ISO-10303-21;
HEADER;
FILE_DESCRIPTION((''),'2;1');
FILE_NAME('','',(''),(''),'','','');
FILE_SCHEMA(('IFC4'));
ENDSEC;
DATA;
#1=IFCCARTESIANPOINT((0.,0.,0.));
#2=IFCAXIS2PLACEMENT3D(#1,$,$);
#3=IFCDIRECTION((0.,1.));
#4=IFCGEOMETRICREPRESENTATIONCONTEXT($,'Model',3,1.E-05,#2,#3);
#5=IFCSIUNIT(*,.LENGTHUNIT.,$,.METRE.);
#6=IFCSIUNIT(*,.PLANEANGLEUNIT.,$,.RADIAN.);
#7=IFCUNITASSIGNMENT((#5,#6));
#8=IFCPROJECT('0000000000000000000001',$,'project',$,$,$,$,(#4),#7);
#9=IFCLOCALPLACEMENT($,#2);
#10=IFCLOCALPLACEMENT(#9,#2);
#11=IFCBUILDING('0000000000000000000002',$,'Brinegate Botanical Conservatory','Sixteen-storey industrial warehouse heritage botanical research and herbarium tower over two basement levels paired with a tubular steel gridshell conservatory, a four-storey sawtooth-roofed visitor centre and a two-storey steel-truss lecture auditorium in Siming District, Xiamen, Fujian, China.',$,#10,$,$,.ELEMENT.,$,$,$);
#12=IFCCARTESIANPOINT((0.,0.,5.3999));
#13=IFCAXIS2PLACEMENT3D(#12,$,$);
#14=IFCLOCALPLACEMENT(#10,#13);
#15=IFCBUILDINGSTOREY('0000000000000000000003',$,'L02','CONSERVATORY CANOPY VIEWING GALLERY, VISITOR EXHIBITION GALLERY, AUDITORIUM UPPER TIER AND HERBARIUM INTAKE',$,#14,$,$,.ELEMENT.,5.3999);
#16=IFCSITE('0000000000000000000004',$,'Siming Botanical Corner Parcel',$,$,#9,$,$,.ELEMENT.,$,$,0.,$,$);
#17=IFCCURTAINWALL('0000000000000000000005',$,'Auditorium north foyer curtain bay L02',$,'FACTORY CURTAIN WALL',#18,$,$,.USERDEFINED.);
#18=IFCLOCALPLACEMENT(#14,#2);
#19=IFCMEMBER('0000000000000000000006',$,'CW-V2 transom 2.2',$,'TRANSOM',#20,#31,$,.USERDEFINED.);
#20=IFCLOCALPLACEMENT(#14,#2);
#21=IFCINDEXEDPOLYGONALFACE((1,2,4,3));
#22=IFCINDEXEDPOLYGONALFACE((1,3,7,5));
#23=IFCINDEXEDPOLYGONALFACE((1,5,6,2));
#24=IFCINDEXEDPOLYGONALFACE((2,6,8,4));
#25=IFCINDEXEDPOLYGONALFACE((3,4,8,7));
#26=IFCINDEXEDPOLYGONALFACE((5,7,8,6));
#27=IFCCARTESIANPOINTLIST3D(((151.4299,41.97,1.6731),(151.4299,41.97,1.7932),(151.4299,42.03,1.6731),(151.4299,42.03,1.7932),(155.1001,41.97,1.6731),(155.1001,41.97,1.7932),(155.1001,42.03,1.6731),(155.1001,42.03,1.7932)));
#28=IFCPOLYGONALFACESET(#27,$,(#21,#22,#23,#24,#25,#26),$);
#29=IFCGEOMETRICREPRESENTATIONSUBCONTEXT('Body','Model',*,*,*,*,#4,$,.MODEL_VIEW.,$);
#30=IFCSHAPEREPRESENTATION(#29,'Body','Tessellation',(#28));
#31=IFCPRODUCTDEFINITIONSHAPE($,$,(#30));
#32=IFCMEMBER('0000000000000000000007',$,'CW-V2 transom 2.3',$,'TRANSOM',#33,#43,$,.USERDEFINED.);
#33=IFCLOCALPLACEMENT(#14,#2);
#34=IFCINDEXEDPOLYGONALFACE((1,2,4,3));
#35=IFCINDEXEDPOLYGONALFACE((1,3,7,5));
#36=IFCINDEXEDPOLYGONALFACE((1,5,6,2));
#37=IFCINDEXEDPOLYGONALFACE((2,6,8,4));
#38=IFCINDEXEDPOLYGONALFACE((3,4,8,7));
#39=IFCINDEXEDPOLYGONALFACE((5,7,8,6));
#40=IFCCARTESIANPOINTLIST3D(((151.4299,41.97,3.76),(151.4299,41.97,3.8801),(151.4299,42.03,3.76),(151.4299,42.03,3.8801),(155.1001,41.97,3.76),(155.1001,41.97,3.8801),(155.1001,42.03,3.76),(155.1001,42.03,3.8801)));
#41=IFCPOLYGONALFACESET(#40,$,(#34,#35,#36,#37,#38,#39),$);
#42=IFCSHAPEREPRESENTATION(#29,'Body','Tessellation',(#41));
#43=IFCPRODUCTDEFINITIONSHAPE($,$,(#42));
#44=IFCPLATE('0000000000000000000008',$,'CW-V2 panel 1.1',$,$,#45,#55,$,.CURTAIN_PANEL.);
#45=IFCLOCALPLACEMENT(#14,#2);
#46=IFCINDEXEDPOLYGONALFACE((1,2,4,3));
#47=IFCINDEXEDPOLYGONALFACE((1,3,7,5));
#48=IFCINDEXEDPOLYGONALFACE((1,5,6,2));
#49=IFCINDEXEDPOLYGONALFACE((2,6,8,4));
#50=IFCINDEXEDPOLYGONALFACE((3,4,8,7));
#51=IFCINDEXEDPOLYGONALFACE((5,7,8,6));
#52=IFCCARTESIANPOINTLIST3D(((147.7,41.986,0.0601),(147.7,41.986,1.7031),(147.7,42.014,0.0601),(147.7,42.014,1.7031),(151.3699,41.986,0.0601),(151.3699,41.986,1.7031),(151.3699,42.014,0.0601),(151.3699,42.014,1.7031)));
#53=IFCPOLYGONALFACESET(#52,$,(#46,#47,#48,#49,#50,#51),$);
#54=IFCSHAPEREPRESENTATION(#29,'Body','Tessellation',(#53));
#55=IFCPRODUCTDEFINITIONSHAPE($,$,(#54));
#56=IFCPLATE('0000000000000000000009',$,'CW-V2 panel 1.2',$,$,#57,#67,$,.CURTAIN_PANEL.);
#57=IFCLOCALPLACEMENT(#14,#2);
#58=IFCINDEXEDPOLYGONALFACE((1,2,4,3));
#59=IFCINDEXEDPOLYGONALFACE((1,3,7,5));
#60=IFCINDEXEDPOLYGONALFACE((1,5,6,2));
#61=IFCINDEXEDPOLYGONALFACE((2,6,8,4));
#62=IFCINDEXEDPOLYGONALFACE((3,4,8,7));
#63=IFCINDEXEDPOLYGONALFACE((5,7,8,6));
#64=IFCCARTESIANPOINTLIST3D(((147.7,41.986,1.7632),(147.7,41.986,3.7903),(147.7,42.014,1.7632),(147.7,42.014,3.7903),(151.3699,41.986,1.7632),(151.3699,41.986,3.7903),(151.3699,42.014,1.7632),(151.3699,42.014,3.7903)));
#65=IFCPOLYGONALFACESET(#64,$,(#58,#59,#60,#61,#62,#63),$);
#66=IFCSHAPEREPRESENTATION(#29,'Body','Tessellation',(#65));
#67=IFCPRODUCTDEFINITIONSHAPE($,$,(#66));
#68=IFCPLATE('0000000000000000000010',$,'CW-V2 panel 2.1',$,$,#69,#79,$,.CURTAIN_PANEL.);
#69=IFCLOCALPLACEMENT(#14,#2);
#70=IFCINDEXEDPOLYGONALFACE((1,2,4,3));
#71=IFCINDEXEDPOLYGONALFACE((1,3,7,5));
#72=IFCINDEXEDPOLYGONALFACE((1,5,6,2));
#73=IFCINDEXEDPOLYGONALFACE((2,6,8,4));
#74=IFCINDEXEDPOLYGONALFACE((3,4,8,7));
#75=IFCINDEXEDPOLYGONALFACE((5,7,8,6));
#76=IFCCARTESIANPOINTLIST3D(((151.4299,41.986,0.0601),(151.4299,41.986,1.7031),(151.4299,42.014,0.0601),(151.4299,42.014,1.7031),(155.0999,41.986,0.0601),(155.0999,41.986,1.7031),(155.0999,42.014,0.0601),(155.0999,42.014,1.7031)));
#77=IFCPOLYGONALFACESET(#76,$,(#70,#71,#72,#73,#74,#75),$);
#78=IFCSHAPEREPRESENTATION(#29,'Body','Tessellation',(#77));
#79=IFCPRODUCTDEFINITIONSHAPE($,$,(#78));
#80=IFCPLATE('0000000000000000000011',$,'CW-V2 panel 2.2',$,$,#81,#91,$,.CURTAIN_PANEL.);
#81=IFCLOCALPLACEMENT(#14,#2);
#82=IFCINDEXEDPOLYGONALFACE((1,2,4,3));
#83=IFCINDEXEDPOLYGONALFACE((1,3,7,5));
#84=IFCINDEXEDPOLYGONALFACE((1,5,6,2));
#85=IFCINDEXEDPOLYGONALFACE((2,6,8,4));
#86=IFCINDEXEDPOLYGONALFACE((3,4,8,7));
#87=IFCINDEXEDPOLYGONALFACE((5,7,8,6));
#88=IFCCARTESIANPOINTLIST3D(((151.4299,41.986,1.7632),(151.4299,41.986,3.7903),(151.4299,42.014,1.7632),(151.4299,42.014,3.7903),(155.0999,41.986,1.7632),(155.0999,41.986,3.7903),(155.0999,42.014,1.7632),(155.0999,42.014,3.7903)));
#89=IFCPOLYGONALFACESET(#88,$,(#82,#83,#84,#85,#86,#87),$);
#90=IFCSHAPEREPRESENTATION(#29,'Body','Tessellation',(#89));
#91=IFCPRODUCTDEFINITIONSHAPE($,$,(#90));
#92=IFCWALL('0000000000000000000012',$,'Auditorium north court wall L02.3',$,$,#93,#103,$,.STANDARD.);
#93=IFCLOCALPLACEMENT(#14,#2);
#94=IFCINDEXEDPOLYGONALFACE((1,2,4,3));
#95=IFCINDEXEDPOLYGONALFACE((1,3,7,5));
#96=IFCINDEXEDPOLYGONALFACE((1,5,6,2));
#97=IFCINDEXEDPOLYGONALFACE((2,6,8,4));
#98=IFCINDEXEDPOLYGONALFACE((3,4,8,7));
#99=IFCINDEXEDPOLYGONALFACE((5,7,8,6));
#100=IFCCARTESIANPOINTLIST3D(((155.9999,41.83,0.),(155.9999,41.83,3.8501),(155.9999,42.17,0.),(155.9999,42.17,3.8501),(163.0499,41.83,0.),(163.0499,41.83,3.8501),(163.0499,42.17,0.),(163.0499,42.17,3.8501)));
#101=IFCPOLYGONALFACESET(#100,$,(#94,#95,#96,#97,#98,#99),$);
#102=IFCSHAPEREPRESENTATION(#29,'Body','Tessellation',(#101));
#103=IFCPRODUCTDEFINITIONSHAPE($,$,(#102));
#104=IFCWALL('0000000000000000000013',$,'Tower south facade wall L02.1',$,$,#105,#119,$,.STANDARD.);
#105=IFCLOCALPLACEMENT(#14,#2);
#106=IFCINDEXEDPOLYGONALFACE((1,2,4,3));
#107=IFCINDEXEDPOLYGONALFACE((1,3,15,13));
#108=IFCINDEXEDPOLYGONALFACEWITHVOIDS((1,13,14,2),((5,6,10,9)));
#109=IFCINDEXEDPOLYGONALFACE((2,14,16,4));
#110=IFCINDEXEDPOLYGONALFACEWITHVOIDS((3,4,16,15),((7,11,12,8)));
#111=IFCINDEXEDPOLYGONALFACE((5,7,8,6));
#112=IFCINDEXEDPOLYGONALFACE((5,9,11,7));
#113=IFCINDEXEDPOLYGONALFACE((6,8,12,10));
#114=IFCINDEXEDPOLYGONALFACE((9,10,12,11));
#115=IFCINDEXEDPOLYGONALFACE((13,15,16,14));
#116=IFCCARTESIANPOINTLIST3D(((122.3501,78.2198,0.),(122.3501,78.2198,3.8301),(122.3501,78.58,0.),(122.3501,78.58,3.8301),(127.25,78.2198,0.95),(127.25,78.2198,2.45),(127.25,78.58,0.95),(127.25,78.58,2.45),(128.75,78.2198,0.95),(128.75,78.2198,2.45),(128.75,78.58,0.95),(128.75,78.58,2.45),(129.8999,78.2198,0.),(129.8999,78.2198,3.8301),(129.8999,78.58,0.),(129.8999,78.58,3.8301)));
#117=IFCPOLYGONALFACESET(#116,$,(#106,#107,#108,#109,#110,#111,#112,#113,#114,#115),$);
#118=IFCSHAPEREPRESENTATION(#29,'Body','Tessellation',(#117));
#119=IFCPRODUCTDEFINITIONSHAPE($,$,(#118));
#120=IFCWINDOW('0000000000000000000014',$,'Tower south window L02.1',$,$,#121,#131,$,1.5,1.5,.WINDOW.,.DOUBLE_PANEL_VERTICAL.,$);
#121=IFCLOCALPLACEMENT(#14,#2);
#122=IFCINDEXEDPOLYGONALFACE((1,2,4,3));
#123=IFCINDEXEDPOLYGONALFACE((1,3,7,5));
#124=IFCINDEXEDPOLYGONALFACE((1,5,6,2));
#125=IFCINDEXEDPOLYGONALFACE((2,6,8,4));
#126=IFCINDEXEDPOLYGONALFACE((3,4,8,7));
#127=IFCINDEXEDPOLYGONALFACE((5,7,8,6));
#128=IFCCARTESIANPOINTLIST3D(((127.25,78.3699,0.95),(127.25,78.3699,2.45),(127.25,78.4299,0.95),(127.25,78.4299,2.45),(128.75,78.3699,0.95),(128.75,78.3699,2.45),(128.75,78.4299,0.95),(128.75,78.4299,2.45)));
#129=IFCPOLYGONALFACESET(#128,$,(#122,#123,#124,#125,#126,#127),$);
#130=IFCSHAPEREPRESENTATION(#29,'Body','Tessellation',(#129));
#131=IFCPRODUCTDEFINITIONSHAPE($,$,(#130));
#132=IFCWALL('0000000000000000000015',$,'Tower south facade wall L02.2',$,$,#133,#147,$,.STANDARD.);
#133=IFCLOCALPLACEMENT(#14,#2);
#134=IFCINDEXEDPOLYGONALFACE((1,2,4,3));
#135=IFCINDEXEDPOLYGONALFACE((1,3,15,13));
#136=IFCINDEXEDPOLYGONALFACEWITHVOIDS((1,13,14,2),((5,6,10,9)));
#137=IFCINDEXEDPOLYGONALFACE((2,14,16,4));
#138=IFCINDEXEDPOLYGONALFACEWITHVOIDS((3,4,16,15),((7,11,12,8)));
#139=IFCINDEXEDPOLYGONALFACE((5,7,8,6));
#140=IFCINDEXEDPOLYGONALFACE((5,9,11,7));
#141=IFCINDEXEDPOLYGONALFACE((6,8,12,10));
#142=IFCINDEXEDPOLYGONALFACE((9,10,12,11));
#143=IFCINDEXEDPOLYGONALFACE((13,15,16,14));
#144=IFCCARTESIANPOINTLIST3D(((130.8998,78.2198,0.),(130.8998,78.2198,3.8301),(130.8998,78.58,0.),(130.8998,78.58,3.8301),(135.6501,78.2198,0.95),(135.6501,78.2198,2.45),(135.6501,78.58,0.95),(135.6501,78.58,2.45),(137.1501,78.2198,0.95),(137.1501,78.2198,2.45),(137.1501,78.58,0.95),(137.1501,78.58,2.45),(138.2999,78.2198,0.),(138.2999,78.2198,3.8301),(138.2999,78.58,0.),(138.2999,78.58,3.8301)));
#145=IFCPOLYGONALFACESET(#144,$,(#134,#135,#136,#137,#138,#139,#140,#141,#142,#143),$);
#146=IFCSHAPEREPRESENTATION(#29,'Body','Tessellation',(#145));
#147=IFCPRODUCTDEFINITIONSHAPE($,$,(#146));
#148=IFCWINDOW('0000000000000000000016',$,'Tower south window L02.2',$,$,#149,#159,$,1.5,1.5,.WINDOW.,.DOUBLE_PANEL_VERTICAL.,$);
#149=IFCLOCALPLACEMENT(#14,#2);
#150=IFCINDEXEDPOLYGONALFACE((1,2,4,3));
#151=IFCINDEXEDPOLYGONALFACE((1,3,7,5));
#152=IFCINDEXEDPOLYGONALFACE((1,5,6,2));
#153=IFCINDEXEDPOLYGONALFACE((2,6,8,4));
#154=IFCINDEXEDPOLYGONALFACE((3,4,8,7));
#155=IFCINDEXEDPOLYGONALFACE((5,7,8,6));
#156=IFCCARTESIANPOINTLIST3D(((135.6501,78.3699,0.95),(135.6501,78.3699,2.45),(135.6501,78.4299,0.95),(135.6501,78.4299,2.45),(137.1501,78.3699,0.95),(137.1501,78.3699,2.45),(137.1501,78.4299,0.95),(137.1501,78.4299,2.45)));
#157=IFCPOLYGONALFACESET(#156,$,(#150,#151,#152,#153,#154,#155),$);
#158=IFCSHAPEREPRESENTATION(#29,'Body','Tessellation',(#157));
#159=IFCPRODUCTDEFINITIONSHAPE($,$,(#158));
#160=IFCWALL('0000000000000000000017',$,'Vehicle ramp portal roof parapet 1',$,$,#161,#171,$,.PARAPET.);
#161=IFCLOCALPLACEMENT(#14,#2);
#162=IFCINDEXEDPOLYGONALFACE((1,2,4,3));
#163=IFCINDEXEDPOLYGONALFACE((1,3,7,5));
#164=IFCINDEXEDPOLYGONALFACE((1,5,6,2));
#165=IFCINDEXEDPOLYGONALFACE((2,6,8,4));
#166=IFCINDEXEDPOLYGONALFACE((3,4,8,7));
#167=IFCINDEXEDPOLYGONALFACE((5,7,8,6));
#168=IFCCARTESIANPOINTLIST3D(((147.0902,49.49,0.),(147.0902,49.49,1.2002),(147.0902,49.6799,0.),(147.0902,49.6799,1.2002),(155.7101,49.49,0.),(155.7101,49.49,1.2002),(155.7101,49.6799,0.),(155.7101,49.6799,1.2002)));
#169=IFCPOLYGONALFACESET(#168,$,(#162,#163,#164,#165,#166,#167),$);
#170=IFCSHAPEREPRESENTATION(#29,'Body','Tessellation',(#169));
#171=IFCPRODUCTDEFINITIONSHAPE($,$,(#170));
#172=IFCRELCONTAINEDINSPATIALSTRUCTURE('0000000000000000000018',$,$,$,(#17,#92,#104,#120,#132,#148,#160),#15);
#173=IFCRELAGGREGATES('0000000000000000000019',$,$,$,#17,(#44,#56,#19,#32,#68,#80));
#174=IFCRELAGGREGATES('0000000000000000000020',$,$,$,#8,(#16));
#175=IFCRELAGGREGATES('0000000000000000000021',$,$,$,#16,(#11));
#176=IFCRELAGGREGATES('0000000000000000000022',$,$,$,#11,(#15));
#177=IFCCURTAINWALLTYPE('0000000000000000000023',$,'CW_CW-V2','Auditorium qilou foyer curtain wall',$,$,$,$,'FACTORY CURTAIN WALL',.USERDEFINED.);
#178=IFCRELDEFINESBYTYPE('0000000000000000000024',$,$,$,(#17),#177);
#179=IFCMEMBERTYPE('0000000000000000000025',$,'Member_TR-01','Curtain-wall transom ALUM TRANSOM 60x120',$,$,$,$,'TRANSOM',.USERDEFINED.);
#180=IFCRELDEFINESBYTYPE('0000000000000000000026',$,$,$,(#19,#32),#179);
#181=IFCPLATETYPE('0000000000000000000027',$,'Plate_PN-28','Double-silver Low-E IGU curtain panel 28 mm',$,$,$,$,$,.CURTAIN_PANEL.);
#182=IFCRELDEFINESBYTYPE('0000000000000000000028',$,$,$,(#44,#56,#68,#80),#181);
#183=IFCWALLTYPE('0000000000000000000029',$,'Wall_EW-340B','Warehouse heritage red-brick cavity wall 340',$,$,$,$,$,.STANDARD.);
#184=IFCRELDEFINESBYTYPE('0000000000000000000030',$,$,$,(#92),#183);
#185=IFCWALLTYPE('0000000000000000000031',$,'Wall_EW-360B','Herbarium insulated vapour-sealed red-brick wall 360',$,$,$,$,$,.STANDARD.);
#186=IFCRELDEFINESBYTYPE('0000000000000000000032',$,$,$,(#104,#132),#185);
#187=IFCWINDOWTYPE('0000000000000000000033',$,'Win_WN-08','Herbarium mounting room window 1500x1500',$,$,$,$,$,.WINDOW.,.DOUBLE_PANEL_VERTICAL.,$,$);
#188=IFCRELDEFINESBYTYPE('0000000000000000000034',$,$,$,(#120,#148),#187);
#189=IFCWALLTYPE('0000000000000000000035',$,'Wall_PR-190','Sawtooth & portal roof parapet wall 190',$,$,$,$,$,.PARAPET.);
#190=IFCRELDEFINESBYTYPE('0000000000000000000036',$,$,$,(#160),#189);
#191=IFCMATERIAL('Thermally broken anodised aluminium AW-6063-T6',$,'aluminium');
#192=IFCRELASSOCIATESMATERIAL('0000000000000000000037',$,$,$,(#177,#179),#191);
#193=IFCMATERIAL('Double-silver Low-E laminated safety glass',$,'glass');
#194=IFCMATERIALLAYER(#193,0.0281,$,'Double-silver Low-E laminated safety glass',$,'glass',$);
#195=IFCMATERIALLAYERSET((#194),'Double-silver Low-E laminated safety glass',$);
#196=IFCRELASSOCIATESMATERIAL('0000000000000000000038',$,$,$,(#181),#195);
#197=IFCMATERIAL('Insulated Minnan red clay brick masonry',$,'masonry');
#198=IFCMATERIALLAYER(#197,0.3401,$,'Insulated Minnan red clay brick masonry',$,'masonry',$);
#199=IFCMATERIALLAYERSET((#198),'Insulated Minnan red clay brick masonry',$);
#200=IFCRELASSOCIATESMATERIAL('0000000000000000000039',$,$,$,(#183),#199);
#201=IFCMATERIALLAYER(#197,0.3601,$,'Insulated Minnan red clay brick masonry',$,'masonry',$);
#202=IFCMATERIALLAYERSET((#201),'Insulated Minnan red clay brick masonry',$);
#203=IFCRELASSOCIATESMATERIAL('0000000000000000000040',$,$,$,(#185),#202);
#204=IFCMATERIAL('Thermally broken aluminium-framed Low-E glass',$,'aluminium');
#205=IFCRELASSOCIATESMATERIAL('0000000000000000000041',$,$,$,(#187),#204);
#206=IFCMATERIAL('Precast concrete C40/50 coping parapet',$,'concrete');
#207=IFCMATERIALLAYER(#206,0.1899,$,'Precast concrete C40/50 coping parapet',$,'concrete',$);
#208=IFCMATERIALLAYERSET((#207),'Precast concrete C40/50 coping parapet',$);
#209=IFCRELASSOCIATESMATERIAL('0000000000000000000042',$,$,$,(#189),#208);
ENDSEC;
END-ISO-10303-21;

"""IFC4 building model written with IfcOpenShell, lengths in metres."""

from ifc_helpers import new_model, si_unit, direction, frame, frame_2d, origin, origin_2d, place, context, subcontext, project, spatial, rectangle, extrude, material, layer, layer_set, material_profile, profile_set, type_object, element, fill, aggregate, save


model = new_model("IFC4")

# Units and contexts
model_context = context("Model", 3, precision=1e-05, world=origin(), true_north=direction((0.0, 1.0)))
body_context = subcontext(model_context, "Body", "Model", "MODEL_VIEW")
ifc_project = project(units=[si_unit("LENGTHUNIT", "METRE"), si_unit("PLANEANGLEUNIT", "RADIAN")], contexts=[model_context])

# Site, building, storey
site_placement = place(None, origin())
site = spatial("IfcSite", under=ifc_project, at=site_placement, Name="Siming Botanical Corner Parcel", CompositionType="ELEMENT", RefElevation=0.0)
building_placement = place(site_placement, origin())
building = spatial("IfcBuilding", under=site, at=building_placement, Name="Brinegate Botanical Conservatory", Description="Sixteen-storey industrial warehouse heritage botanical research and herbarium tower over two basement levels paired with a tubular steel gridshell conservatory, a four-storey sawtooth-roofed visitor centre and a two-storey steel-truss lecture auditorium in Siming District, Xiamen, Fujian, China.", CompositionType="ELEMENT")
storey_placement = place(building_placement, frame((0.0, 0.0, 5.3999)))
storey = spatial("IfcBuildingStorey", under=building, at=storey_placement, Name="L02", Description="CONSERVATORY CANOPY VIEWING GALLERY, VISITOR EXHIBITION GALLERY, AUDITORIUM UPPER TIER AND HERBARIUM INTAKE", CompositionType="ELEMENT", Elevation=5.3999)

# Curtain wall, members, plates
ifc_material_1 = material(Name="Thermally broken anodised aluminium AW-6063-T6", Category="aluminium")
curtain_wall_type = type_object("IfcCurtainWallType", Name="CW_CW-V2", Description="Auditorium qilou foyer curtain wall", ElementType="FACTORY CURTAIN WALL", PredefinedType="USERDEFINED", material=ifc_material_1)
curtain_wall_placement = place(storey_placement, origin())
curtain_wall = element("IfcCurtainWall", 1, at=curtain_wall_placement, inside=storey, type_object=curtain_wall_type, Name="Auditorium north foyer curtain bay L02", ObjectType="FACTORY CURTAIN WALL", PredefinedType="USERDEFINED")
ifc_material_profile_1 = material_profile(ifc_material_1, rectangle(XDim=0.0601, YDim=0.1201, at=origin_2d()), Name="ALUM TRANSOM 60x120")
ifc_profile_set_1 = profile_set([ifc_material_profile_1], Name="Thermally broken anodised aluminium AW-6063-T6")
member_type_1 = type_object("IfcMemberType", Name="Member_TR-01", Description="Curtain-wall transom ALUM TRANSOM 60x120", ElementType="TRANSOM", PredefinedType="USERDEFINED", material=ifc_profile_set_1)
member_1_placement = place(storey_placement, frame((151.4299, 42.0, 1.7332), z_axis=(1.0, 0.0, 0.0), x_axis=(0.0, 1.0, 0.0)))
member_1 = element("IfcMember", 2, at=member_1_placement, type_object=member_type_1, Name="CW-V2 transom 2.2", ObjectType="TRANSOM", PredefinedType="USERDEFINED", context=body_context, shape_type="SweptSolid", body=[
    extrude(rectangle(XDim=0.0601, YDim=0.1201, at=origin_2d()), origin(), (0.0, 0.0, 1.0), 3.6702),
])
member_2_placement = place(storey_placement, frame((151.4299, 42.0, 3.8201), z_axis=(1.0, 0.0, 0.0), x_axis=(0.0, 1.0, 0.0)))
member_2 = element("IfcMember", 3, at=member_2_placement, type_object=member_type_1, Name="CW-V2 transom 2.3", ObjectType="TRANSOM", PredefinedType="USERDEFINED", context=body_context, shape_type="SweptSolid", body=[
    extrude(rectangle(XDim=0.0601, YDim=0.1201, at=origin_2d()), origin(), (0.0, 0.0, 1.0), 3.6702),
])
ifc_material_2 = material(Name="Double-silver Low-E laminated safety glass", Category="glass")
ifc_layer_1 = layer(ifc_material_2, 0.0281, Name="Double-silver Low-E laminated safety glass", Category="glass")
ifc_layer_set_1 = layer_set([ifc_layer_1], Name="Double-silver Low-E laminated safety glass")
plate_type = type_object("IfcPlateType", Name="Plate_PN-28", Description="Double-silver Low-E IGU curtain panel 28 mm", PredefinedType="CURTAIN_PANEL", material=ifc_layer_set_1)
plate_1_placement = place(storey_placement, frame((149.5349, 42.0, 0.0601), z_axis=(0.0, 0.0, 1.0), x_axis=(1.0, 0.0, 0.0)))
plate_1 = element("IfcPlate", 4, at=plate_1_placement, type_object=plate_type, Name="CW-V2 panel 1.1", PredefinedType="CURTAIN_PANEL", context=body_context, shape_type="SweptSolid", body=[
    extrude(rectangle(XDim=3.6699, YDim=0.0281, at=origin_2d()), origin(), (0.0, 0.0, 1.0), 1.6431),
])
plate_2_placement = place(storey_placement, frame((149.5349, 42.0, 1.7632), z_axis=(0.0, 0.0, 1.0), x_axis=(1.0, 0.0, 0.0)))
plate_2 = element("IfcPlate", 5, at=plate_2_placement, type_object=plate_type, Name="CW-V2 panel 1.2", PredefinedType="CURTAIN_PANEL", context=body_context, shape_type="SweptSolid", body=[
    extrude(rectangle(XDim=3.6699, YDim=0.0281, at=origin_2d()), origin(), (0.0, 0.0, 1.0), 2.0271),
])
plate_3_placement = place(storey_placement, frame((153.2649, 42.0, 0.0601), z_axis=(0.0, 0.0, 1.0), x_axis=(1.0, 0.0, 0.0)))
plate_3 = element("IfcPlate", 6, at=plate_3_placement, type_object=plate_type, Name="CW-V2 panel 2.1", PredefinedType="CURTAIN_PANEL", context=body_context, shape_type="SweptSolid", body=[
    extrude(rectangle(XDim=3.6699, YDim=0.0281, at=origin_2d()), origin(), (0.0, 0.0, 1.0), 1.6431),
])
plate_4_placement = place(storey_placement, frame((153.2649, 42.0, 1.7632), z_axis=(0.0, 0.0, 1.0), x_axis=(1.0, 0.0, 0.0)))
plate_4 = element("IfcPlate", 7, at=plate_4_placement, type_object=plate_type, Name="CW-V2 panel 2.2", PredefinedType="CURTAIN_PANEL", context=body_context, shape_type="SweptSolid", body=[
    extrude(rectangle(XDim=3.6699, YDim=0.0281, at=origin_2d()), origin(), (0.0, 0.0, 1.0), 2.0271),
])
aggregate(curtain_wall, [plate_1, plate_2, member_1, member_2, plate_3, plate_4])

# Wall
ifc_material_3 = material(Name="Insulated Minnan red clay brick masonry", Category="masonry")
ifc_layer_2 = layer(ifc_material_3, 0.3401, Name="Insulated Minnan red clay brick masonry", Category="masonry")
ifc_layer_set_2 = layer_set([ifc_layer_2], Name="Insulated Minnan red clay brick masonry")
wall_type_1 = type_object("IfcWallType", Name="Wall_EW-340B", Description="Warehouse heritage red-brick cavity wall 340", PredefinedType="STANDARD", material=ifc_layer_set_2)
wall_1_placement = place(storey_placement, frame((156.0, 42.0, 0.0), z_axis=(0.0, 0.0, 1.0), x_axis=(1.0, 0.0, 0.0)))
element("IfcWall", 8, at=wall_1_placement, inside=storey, type_object=wall_type_1, Name="Auditorium north court wall L02.3", PredefinedType="STANDARD", context=body_context, shape_type="SweptSolid", body=[
    extrude(rectangle(XDim=7.05, YDim=0.3401, at=frame_2d((3.5249, 0.0))), origin(), (0.0, 0.0, 1.0), 3.8501),
])

# Walls, openings, windows
ifc_layer_3 = layer(ifc_material_3, 0.3601, Name="Insulated Minnan red clay brick masonry", Category="masonry")
ifc_layer_set_3 = layer_set([ifc_layer_3], Name="Insulated Minnan red clay brick masonry")
wall_type_2 = type_object("IfcWallType", Name="Wall_EW-360B", Description="Herbarium insulated vapour-sealed red-brick wall 360", PredefinedType="STANDARD", material=ifc_layer_set_3)
wall_2_placement = place(storey_placement, frame((129.8999, 78.3999, 0.0), z_axis=(0.0, 0.0, 1.0), x_axis=(-1.0, 0.0, 0.0)))
wall_2 = element("IfcWall", 9, at=wall_2_placement, inside=storey, type_object=wall_type_2, Name="Tower south facade wall L02.1", PredefinedType="STANDARD", context=body_context, shape_type="SweptSolid", body=[
    extrude(rectangle(XDim=7.5498, YDim=0.3601, at=frame_2d((3.7749, 0.0))), origin(), (0.0, 0.0, 1.0), 3.8301),
])
opening_1_placement = place(wall_2_placement, frame((1.1499, 0.0, 0.95)))
opening_1 = element("IfcOpeningElement", 10, at=opening_1_placement, cuts=wall_2, PredefinedType="OPENING", context=body_context, shape_type="SweptSolid", body=[
    extrude(rectangle(XDim=1.5, YDim=1.5, at=frame_2d((0.75, 0.75))), frame((0.0, 0.1899, 0.0), z_axis=(0.0, -1.0, 0.0), x_axis=(1.0, 0.0, 0.0)), (0.0, 0.0, 1.0), 0.3801),
])
ifc_material_4 = material(Name="Thermally broken aluminium-framed Low-E glass", Category="aluminium")
window_type = type_object("IfcWindowType", Name="Win_WN-08", Description="Herbarium mounting room window 1500x1500", PartitioningType="DOUBLE_PANEL_VERTICAL", PredefinedType="WINDOW", material=ifc_material_4)
window_1_placement = place(opening_1_placement, origin())
window_1 = element("IfcWindow", 11, at=window_1_placement, inside=storey, type_object=window_type, Name="Tower south window L02.1", OverallHeight=1.5, OverallWidth=1.5, PartitioningType="DOUBLE_PANEL_VERTICAL", PredefinedType="WINDOW", context=body_context, shape_type="SweptSolid", body=[
    extrude(rectangle(XDim=1.5, YDim=1.5, at=frame_2d((0.75, 0.75))), frame((0.0, 0.03, 0.0), z_axis=(0.0, -1.0, 0.0), x_axis=(1.0, 0.0, 0.0)), (0.0, 0.0, 1.0), 0.0601),
])
fill(opening_1, window_1)
wall_3_placement = place(storey_placement, frame((138.3, 78.3999, 0.0), z_axis=(0.0, 0.0, 1.0), x_axis=(-1.0, 0.0, 0.0)))
wall_3 = element("IfcWall", 12, at=wall_3_placement, inside=storey, type_object=wall_type_2, Name="Tower south facade wall L02.2", PredefinedType="STANDARD", context=body_context, shape_type="SweptSolid", body=[
    extrude(rectangle(XDim=7.4001, YDim=0.3601, at=frame_2d((3.7002, 0.0))), origin(), (0.0, 0.0, 1.0), 3.8301),
])
opening_2_placement = place(wall_3_placement, frame((1.1499, 0.0, 0.95)))
opening_2 = element("IfcOpeningElement", 13, at=opening_2_placement, cuts=wall_3, PredefinedType="OPENING", context=body_context, shape_type="SweptSolid", body=[
    extrude(rectangle(XDim=1.5, YDim=1.5, at=frame_2d((0.75, 0.75))), frame((0.0, 0.1899, 0.0), z_axis=(0.0, -1.0, 0.0), x_axis=(1.0, 0.0, 0.0)), (0.0, 0.0, 1.0), 0.3801),
])
window_2_placement = place(opening_2_placement, origin())
window_2 = element("IfcWindow", 14, at=window_2_placement, inside=storey, type_object=window_type, Name="Tower south window L02.2", OverallHeight=1.5, OverallWidth=1.5, PartitioningType="DOUBLE_PANEL_VERTICAL", PredefinedType="WINDOW", context=body_context, shape_type="SweptSolid", body=[
    extrude(rectangle(XDim=1.5, YDim=1.5, at=frame_2d((0.75, 0.75))), frame((0.0, 0.03, 0.0), z_axis=(0.0, -1.0, 0.0), x_axis=(1.0, 0.0, 0.0)), (0.0, 0.0, 1.0), 0.0601),
])
fill(opening_2, window_2)

# Wall
ifc_material_5 = material(Name="Precast concrete C40/50 coping parapet", Category="concrete")
ifc_layer_4 = layer(ifc_material_5, 0.1899, Name="Precast concrete C40/50 coping parapet", Category="concrete")
ifc_layer_set_4 = layer_set([ifc_layer_4], Name="Precast concrete C40/50 coping parapet")
wall_type_3 = type_object("IfcWallType", Name="Wall_PR-190", Description="Sawtooth & portal roof parapet wall 190", PredefinedType="PARAPET", material=ifc_layer_set_4)
wall_4_placement = place(storey_placement, frame((147.0901, 49.585, 0.0), z_axis=(0.0, 0.0, 1.0), x_axis=(1.0, 0.0, 0.0)))
element("IfcWall", 15, at=wall_4_placement, inside=storey, type_object=wall_type_3, Name="Vehicle ramp portal roof parapet 1", PredefinedType="PARAPET", context=body_context, shape_type="SweptSolid", body=[
    extrude(rectangle(XDim=8.6199, YDim=0.1899, at=frame_2d((4.3101, 0.0))), origin(), (0.0, 0.0, 1.0), 1.2002),
])

save(model, "model.ifc")
